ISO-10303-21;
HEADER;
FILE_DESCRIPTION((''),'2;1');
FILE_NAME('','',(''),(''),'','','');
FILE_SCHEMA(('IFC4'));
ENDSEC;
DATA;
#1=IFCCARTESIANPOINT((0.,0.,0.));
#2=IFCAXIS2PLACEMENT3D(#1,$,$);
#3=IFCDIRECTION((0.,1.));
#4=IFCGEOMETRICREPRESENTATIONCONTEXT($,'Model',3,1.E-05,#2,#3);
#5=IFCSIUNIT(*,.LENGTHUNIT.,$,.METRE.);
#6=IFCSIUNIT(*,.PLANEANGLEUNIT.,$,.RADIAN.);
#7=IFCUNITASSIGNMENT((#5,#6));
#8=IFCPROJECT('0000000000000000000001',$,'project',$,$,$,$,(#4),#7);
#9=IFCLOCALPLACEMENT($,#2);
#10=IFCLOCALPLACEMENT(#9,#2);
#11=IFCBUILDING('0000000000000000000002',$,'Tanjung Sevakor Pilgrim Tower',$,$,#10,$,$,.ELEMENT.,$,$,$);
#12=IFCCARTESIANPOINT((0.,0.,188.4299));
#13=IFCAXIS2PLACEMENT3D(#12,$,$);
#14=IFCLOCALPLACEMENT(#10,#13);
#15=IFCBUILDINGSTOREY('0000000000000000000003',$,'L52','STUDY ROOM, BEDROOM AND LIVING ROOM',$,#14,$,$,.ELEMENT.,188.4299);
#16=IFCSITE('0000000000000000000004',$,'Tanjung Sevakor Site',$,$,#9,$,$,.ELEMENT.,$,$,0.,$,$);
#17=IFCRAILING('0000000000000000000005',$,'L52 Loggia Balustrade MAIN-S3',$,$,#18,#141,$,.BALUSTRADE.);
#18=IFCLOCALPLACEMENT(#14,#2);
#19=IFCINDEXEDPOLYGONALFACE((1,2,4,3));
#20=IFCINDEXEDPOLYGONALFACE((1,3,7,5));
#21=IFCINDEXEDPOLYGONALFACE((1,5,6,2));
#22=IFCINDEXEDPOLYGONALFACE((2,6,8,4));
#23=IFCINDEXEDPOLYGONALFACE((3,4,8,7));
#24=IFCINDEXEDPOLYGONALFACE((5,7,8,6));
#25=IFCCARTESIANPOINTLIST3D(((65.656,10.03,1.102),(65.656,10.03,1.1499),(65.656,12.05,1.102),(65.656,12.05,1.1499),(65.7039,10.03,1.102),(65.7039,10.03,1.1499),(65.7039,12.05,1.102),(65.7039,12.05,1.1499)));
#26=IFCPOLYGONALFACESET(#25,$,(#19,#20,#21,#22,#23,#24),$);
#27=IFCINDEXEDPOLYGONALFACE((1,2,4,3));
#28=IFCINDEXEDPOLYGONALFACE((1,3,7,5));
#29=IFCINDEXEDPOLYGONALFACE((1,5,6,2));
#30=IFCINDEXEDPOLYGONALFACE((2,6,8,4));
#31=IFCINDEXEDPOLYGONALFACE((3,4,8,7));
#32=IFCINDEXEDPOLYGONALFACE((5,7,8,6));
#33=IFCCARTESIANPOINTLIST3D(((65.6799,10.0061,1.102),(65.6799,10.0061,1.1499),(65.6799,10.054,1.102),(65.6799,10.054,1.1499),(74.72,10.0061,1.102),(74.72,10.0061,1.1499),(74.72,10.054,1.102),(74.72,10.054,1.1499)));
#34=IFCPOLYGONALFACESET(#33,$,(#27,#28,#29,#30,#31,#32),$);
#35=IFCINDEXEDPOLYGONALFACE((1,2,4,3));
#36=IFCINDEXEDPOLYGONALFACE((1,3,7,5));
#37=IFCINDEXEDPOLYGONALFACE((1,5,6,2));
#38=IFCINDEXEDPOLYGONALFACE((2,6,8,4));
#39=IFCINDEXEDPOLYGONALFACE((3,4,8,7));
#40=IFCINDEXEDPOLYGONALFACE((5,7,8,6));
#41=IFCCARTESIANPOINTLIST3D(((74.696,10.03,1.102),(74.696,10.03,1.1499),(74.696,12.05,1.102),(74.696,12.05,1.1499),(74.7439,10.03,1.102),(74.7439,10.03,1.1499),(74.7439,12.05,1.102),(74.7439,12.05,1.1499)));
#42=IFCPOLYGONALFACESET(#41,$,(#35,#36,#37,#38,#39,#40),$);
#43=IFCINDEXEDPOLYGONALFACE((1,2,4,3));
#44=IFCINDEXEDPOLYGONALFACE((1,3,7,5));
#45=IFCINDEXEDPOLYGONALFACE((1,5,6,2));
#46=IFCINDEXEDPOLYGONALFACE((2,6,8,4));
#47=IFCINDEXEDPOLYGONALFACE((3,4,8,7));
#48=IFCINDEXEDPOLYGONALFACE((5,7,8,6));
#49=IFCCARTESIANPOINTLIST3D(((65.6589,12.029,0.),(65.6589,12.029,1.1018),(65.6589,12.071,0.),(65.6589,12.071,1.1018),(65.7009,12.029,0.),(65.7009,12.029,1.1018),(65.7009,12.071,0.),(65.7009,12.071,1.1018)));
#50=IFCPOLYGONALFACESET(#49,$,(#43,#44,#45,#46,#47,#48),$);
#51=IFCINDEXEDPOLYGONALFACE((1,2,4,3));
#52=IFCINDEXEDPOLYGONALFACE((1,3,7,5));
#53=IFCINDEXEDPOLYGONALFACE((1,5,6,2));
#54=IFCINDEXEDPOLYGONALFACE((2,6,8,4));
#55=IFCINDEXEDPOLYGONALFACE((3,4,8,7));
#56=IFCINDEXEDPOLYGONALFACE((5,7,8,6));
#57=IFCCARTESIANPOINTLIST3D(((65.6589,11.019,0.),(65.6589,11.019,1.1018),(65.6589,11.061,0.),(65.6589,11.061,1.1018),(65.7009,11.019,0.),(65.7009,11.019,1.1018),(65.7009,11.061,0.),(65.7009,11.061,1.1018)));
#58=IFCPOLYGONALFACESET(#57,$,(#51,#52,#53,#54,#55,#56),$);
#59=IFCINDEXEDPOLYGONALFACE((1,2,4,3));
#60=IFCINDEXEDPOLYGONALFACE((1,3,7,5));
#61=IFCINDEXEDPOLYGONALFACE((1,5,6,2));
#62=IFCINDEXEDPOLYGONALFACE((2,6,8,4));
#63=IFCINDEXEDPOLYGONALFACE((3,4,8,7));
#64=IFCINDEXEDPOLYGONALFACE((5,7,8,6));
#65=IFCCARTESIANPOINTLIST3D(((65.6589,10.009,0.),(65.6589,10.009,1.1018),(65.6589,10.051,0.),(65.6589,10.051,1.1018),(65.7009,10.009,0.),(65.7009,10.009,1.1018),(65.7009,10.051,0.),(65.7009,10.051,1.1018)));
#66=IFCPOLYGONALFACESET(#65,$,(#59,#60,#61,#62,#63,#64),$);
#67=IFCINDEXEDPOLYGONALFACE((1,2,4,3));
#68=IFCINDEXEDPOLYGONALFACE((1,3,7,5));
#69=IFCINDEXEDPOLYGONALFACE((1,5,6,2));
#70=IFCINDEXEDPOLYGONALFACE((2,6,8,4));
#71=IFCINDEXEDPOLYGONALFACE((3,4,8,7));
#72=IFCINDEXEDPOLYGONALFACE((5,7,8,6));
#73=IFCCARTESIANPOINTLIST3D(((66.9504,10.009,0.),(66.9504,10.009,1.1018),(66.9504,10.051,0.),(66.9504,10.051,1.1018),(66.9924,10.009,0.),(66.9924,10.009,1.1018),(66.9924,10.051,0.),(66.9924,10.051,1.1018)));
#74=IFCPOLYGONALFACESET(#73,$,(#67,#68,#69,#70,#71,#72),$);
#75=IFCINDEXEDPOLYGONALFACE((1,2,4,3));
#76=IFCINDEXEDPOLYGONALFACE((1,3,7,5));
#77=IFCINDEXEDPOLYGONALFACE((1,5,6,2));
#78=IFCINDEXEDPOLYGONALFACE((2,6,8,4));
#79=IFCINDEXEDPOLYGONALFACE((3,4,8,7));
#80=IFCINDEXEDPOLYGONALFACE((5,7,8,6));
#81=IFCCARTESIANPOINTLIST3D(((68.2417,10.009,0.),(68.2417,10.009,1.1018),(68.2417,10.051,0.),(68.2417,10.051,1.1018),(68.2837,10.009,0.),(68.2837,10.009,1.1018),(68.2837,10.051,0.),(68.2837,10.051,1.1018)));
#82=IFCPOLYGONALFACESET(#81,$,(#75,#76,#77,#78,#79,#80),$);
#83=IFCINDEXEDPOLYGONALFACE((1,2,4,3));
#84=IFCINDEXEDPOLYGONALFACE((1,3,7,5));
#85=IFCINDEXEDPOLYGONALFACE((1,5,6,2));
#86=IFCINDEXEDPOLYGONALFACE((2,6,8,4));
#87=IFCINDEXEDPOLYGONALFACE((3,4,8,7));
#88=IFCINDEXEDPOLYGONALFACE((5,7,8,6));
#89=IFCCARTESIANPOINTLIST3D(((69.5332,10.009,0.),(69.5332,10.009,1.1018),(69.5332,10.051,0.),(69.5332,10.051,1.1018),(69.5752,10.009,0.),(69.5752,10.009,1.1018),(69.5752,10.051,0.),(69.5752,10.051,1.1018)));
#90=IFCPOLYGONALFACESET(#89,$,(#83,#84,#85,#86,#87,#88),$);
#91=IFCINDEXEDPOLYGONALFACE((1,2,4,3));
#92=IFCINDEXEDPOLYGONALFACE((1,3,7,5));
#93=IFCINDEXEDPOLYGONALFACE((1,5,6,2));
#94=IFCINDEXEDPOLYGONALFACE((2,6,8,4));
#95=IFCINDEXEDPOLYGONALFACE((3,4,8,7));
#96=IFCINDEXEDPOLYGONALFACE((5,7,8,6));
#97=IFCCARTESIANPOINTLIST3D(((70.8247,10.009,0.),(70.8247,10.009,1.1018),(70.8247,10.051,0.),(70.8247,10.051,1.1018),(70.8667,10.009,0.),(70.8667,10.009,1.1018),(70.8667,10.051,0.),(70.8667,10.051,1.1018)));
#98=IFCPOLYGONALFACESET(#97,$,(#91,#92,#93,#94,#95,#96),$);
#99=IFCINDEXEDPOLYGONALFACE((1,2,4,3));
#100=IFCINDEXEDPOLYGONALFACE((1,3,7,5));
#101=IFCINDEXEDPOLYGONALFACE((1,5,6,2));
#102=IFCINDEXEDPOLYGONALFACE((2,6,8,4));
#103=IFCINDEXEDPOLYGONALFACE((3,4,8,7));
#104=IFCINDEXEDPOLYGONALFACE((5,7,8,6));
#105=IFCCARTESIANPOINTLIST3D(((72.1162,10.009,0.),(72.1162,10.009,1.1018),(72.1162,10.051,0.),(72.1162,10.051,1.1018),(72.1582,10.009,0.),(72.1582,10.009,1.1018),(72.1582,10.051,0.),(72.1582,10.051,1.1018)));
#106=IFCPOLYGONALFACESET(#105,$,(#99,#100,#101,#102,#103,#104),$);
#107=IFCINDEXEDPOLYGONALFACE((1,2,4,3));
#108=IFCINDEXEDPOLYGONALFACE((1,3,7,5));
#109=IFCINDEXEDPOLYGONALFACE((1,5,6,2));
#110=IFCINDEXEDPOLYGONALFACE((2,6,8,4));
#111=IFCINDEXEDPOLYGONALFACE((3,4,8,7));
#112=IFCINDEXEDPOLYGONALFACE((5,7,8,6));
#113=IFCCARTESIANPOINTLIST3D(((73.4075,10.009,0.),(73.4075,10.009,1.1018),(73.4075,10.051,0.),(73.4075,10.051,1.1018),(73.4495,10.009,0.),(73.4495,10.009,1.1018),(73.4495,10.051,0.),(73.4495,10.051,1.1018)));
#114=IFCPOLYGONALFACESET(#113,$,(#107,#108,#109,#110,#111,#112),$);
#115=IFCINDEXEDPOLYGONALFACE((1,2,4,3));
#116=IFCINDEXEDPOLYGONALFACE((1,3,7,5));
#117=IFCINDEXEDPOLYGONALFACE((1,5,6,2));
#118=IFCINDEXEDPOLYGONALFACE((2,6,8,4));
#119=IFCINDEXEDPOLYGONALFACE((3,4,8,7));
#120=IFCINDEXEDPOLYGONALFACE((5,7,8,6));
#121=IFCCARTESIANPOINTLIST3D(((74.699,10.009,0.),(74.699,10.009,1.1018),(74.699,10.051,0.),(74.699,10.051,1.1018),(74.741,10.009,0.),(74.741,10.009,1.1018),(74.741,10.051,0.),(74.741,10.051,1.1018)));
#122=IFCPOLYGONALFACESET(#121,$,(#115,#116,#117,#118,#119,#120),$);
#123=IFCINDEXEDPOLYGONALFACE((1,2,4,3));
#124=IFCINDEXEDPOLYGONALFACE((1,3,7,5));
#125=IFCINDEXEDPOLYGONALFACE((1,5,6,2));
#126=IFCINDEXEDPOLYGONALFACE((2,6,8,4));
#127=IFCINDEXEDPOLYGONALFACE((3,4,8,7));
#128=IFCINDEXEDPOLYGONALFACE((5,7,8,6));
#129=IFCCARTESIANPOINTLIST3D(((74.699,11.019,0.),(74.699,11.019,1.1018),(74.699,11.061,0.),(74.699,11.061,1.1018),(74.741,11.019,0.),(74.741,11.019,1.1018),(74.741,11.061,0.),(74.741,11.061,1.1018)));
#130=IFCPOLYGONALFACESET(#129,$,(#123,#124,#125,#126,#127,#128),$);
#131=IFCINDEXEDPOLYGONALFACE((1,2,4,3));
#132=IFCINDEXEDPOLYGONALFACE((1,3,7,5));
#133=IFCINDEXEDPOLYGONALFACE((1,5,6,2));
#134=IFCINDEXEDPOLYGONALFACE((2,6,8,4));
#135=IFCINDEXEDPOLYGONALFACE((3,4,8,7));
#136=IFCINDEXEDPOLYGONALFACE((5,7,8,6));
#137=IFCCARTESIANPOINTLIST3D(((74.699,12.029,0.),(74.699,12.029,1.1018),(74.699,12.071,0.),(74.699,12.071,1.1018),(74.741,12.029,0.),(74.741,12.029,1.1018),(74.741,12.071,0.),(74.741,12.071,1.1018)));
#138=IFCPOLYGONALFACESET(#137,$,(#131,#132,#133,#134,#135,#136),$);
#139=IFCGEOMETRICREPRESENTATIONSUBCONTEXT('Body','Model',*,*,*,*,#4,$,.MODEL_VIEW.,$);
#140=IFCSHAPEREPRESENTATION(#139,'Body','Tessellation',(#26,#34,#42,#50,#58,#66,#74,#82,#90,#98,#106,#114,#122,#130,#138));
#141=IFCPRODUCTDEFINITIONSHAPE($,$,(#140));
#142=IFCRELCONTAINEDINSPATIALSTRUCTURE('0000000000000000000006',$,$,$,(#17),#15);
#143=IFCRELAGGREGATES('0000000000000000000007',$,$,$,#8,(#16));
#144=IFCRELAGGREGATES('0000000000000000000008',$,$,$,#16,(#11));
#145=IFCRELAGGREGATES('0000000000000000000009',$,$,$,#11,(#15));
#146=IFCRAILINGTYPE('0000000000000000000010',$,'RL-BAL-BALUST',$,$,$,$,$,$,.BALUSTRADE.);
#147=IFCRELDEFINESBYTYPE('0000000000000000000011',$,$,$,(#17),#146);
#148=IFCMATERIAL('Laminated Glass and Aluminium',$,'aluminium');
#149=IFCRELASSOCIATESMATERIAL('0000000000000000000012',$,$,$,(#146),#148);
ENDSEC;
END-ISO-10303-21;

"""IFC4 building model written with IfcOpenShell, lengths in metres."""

from ifc_helpers import new_model, si_unit, direction, frame, origin, place, context, subcontext, project, spatial, rectangle, extrude, material, type_object, element, save


model = new_model("IFC4")

# Units and contexts
model_context = context("Model", 3, precision=1e-05, world=origin(), true_north=direction((0.0, 1.0)))
body_context = subcontext(model_context, "Body", "Model", "MODEL_VIEW")
ifc_project = project(units=[si_unit("LENGTHUNIT", "METRE"), si_unit("PLANEANGLEUNIT", "RADIAN")], contexts=[model_context])

# Site, building, storey
site_placement = place(None, origin())
site = spatial("IfcSite", under=ifc_project, at=site_placement, Name="Tanjung Sevakor Site", CompositionType="ELEMENT", RefElevation=0.0)
building_placement = place(site_placement, origin())
building = spatial("IfcBuilding", under=site, at=building_placement, Name="Tanjung Sevakor Pilgrim Tower", CompositionType="ELEMENT")
storey_placement = place(building_placement, frame((0.0, 0.0, 188.4299)))
storey = spatial("IfcBuildingStorey", under=building, at=storey_placement, Name="L52", Description="STUDY ROOM, BEDROOM AND LIVING ROOM", CompositionType="ELEMENT", Elevation=188.4299)

# Railing
ifc_material_1 = material(Name="Laminated Glass and Aluminium", Category="aluminium")
railing_type = type_object("IfcRailingType", Name="RL-BAL-BALUST", PredefinedType="BALUSTRADE", material=ifc_material_1)
railing_1_placement = place(storey_placement, frame((65.6799, 12.05, 0.0)))
element("IfcRailing", 1, at=railing_1_placement, inside=storey, type_object=railing_type, Name="L52 Loggia Balustrade MAIN-S3", PredefinedType="BALUSTRADE", context=body_context, shape_type="SweptSolid", body=[
    extrude(rectangle(XDim=0.0479, YDim=0.0479), frame((0.0, 0.0, 1.126), z_axis=(0.0, -1.0, 0.0), x_axis=(1.0, 0.0, 0.0)), (0.0, 0.0, 1.0), 2.02),
    extrude(rectangle(XDim=0.0479, YDim=0.0479), frame((0.0, -2.02, 1.126), z_axis=(1.0, 0.0, 0.0), x_axis=(0.0, 1.0, 0.0)), (0.0, 0.0, 1.0), 9.04),
    extrude(rectangle(XDim=0.0479, YDim=0.0479), frame((9.04, -2.02, 1.126), z_axis=(0.0, 1.0, 0.0), x_axis=(-1.0, 0.0, 0.0)), (0.0, 0.0, 1.0), 2.02),
    extrude(rectangle(XDim=0.042, YDim=0.042), origin(), (0.0, 0.0, 1.0), 1.1018),
    extrude(rectangle(XDim=0.042, YDim=0.042), frame((0.0, -1.01, 0.0)), (0.0, 0.0, 1.0), 1.1018),
    extrude(rectangle(XDim=0.042, YDim=0.042), frame((0.0, -2.02, 0.0)), (0.0, 0.0, 1.0), 1.1018),
    extrude(rectangle(XDim=0.042, YDim=0.042), frame((1.2915, -2.02, 0.0)), (0.0, 0.0, 1.0), 1.1018),
    extrude(rectangle(XDim=0.042, YDim=0.042), frame((2.5828, -2.02, 0.0)), (0.0, 0.0, 1.0), 1.1018),
    extrude(rectangle(XDim=0.042, YDim=0.042), frame((3.8743, -2.02, 0.0)), (0.0, 0.0, 1.0), 1.1018),
    extrude(rectangle(XDim=0.042, YDim=0.042), frame((5.1658, -2.02, 0.0)), (0.0, 0.0, 1.0), 1.1018),
    extrude(rectangle(XDim=0.042, YDim=0.042), frame((6.4573, -2.02, 0.0)), (0.0, 0.0, 1.0), 1.1018),
    extrude(rectangle(XDim=0.042, YDim=0.042), frame((7.7485, -2.02, 0.0)), (0.0, 0.0, 1.0), 1.1018),
    extrude(rectangle(XDim=0.042, YDim=0.042), frame((9.04, -2.02, 0.0)), (0.0, 0.0, 1.0), 1.1018),
    extrude(rectangle(XDim=0.042, YDim=0.042), frame((9.04, -1.01, 0.0)), (0.0, 0.0, 1.0), 1.1018),
    extrude(rectangle(XDim=0.042, YDim=0.042), frame((9.04, 0.0, 0.0)), (0.0, 0.0, 1.0), 1.1018),
])

save(model, "model.ifc")
